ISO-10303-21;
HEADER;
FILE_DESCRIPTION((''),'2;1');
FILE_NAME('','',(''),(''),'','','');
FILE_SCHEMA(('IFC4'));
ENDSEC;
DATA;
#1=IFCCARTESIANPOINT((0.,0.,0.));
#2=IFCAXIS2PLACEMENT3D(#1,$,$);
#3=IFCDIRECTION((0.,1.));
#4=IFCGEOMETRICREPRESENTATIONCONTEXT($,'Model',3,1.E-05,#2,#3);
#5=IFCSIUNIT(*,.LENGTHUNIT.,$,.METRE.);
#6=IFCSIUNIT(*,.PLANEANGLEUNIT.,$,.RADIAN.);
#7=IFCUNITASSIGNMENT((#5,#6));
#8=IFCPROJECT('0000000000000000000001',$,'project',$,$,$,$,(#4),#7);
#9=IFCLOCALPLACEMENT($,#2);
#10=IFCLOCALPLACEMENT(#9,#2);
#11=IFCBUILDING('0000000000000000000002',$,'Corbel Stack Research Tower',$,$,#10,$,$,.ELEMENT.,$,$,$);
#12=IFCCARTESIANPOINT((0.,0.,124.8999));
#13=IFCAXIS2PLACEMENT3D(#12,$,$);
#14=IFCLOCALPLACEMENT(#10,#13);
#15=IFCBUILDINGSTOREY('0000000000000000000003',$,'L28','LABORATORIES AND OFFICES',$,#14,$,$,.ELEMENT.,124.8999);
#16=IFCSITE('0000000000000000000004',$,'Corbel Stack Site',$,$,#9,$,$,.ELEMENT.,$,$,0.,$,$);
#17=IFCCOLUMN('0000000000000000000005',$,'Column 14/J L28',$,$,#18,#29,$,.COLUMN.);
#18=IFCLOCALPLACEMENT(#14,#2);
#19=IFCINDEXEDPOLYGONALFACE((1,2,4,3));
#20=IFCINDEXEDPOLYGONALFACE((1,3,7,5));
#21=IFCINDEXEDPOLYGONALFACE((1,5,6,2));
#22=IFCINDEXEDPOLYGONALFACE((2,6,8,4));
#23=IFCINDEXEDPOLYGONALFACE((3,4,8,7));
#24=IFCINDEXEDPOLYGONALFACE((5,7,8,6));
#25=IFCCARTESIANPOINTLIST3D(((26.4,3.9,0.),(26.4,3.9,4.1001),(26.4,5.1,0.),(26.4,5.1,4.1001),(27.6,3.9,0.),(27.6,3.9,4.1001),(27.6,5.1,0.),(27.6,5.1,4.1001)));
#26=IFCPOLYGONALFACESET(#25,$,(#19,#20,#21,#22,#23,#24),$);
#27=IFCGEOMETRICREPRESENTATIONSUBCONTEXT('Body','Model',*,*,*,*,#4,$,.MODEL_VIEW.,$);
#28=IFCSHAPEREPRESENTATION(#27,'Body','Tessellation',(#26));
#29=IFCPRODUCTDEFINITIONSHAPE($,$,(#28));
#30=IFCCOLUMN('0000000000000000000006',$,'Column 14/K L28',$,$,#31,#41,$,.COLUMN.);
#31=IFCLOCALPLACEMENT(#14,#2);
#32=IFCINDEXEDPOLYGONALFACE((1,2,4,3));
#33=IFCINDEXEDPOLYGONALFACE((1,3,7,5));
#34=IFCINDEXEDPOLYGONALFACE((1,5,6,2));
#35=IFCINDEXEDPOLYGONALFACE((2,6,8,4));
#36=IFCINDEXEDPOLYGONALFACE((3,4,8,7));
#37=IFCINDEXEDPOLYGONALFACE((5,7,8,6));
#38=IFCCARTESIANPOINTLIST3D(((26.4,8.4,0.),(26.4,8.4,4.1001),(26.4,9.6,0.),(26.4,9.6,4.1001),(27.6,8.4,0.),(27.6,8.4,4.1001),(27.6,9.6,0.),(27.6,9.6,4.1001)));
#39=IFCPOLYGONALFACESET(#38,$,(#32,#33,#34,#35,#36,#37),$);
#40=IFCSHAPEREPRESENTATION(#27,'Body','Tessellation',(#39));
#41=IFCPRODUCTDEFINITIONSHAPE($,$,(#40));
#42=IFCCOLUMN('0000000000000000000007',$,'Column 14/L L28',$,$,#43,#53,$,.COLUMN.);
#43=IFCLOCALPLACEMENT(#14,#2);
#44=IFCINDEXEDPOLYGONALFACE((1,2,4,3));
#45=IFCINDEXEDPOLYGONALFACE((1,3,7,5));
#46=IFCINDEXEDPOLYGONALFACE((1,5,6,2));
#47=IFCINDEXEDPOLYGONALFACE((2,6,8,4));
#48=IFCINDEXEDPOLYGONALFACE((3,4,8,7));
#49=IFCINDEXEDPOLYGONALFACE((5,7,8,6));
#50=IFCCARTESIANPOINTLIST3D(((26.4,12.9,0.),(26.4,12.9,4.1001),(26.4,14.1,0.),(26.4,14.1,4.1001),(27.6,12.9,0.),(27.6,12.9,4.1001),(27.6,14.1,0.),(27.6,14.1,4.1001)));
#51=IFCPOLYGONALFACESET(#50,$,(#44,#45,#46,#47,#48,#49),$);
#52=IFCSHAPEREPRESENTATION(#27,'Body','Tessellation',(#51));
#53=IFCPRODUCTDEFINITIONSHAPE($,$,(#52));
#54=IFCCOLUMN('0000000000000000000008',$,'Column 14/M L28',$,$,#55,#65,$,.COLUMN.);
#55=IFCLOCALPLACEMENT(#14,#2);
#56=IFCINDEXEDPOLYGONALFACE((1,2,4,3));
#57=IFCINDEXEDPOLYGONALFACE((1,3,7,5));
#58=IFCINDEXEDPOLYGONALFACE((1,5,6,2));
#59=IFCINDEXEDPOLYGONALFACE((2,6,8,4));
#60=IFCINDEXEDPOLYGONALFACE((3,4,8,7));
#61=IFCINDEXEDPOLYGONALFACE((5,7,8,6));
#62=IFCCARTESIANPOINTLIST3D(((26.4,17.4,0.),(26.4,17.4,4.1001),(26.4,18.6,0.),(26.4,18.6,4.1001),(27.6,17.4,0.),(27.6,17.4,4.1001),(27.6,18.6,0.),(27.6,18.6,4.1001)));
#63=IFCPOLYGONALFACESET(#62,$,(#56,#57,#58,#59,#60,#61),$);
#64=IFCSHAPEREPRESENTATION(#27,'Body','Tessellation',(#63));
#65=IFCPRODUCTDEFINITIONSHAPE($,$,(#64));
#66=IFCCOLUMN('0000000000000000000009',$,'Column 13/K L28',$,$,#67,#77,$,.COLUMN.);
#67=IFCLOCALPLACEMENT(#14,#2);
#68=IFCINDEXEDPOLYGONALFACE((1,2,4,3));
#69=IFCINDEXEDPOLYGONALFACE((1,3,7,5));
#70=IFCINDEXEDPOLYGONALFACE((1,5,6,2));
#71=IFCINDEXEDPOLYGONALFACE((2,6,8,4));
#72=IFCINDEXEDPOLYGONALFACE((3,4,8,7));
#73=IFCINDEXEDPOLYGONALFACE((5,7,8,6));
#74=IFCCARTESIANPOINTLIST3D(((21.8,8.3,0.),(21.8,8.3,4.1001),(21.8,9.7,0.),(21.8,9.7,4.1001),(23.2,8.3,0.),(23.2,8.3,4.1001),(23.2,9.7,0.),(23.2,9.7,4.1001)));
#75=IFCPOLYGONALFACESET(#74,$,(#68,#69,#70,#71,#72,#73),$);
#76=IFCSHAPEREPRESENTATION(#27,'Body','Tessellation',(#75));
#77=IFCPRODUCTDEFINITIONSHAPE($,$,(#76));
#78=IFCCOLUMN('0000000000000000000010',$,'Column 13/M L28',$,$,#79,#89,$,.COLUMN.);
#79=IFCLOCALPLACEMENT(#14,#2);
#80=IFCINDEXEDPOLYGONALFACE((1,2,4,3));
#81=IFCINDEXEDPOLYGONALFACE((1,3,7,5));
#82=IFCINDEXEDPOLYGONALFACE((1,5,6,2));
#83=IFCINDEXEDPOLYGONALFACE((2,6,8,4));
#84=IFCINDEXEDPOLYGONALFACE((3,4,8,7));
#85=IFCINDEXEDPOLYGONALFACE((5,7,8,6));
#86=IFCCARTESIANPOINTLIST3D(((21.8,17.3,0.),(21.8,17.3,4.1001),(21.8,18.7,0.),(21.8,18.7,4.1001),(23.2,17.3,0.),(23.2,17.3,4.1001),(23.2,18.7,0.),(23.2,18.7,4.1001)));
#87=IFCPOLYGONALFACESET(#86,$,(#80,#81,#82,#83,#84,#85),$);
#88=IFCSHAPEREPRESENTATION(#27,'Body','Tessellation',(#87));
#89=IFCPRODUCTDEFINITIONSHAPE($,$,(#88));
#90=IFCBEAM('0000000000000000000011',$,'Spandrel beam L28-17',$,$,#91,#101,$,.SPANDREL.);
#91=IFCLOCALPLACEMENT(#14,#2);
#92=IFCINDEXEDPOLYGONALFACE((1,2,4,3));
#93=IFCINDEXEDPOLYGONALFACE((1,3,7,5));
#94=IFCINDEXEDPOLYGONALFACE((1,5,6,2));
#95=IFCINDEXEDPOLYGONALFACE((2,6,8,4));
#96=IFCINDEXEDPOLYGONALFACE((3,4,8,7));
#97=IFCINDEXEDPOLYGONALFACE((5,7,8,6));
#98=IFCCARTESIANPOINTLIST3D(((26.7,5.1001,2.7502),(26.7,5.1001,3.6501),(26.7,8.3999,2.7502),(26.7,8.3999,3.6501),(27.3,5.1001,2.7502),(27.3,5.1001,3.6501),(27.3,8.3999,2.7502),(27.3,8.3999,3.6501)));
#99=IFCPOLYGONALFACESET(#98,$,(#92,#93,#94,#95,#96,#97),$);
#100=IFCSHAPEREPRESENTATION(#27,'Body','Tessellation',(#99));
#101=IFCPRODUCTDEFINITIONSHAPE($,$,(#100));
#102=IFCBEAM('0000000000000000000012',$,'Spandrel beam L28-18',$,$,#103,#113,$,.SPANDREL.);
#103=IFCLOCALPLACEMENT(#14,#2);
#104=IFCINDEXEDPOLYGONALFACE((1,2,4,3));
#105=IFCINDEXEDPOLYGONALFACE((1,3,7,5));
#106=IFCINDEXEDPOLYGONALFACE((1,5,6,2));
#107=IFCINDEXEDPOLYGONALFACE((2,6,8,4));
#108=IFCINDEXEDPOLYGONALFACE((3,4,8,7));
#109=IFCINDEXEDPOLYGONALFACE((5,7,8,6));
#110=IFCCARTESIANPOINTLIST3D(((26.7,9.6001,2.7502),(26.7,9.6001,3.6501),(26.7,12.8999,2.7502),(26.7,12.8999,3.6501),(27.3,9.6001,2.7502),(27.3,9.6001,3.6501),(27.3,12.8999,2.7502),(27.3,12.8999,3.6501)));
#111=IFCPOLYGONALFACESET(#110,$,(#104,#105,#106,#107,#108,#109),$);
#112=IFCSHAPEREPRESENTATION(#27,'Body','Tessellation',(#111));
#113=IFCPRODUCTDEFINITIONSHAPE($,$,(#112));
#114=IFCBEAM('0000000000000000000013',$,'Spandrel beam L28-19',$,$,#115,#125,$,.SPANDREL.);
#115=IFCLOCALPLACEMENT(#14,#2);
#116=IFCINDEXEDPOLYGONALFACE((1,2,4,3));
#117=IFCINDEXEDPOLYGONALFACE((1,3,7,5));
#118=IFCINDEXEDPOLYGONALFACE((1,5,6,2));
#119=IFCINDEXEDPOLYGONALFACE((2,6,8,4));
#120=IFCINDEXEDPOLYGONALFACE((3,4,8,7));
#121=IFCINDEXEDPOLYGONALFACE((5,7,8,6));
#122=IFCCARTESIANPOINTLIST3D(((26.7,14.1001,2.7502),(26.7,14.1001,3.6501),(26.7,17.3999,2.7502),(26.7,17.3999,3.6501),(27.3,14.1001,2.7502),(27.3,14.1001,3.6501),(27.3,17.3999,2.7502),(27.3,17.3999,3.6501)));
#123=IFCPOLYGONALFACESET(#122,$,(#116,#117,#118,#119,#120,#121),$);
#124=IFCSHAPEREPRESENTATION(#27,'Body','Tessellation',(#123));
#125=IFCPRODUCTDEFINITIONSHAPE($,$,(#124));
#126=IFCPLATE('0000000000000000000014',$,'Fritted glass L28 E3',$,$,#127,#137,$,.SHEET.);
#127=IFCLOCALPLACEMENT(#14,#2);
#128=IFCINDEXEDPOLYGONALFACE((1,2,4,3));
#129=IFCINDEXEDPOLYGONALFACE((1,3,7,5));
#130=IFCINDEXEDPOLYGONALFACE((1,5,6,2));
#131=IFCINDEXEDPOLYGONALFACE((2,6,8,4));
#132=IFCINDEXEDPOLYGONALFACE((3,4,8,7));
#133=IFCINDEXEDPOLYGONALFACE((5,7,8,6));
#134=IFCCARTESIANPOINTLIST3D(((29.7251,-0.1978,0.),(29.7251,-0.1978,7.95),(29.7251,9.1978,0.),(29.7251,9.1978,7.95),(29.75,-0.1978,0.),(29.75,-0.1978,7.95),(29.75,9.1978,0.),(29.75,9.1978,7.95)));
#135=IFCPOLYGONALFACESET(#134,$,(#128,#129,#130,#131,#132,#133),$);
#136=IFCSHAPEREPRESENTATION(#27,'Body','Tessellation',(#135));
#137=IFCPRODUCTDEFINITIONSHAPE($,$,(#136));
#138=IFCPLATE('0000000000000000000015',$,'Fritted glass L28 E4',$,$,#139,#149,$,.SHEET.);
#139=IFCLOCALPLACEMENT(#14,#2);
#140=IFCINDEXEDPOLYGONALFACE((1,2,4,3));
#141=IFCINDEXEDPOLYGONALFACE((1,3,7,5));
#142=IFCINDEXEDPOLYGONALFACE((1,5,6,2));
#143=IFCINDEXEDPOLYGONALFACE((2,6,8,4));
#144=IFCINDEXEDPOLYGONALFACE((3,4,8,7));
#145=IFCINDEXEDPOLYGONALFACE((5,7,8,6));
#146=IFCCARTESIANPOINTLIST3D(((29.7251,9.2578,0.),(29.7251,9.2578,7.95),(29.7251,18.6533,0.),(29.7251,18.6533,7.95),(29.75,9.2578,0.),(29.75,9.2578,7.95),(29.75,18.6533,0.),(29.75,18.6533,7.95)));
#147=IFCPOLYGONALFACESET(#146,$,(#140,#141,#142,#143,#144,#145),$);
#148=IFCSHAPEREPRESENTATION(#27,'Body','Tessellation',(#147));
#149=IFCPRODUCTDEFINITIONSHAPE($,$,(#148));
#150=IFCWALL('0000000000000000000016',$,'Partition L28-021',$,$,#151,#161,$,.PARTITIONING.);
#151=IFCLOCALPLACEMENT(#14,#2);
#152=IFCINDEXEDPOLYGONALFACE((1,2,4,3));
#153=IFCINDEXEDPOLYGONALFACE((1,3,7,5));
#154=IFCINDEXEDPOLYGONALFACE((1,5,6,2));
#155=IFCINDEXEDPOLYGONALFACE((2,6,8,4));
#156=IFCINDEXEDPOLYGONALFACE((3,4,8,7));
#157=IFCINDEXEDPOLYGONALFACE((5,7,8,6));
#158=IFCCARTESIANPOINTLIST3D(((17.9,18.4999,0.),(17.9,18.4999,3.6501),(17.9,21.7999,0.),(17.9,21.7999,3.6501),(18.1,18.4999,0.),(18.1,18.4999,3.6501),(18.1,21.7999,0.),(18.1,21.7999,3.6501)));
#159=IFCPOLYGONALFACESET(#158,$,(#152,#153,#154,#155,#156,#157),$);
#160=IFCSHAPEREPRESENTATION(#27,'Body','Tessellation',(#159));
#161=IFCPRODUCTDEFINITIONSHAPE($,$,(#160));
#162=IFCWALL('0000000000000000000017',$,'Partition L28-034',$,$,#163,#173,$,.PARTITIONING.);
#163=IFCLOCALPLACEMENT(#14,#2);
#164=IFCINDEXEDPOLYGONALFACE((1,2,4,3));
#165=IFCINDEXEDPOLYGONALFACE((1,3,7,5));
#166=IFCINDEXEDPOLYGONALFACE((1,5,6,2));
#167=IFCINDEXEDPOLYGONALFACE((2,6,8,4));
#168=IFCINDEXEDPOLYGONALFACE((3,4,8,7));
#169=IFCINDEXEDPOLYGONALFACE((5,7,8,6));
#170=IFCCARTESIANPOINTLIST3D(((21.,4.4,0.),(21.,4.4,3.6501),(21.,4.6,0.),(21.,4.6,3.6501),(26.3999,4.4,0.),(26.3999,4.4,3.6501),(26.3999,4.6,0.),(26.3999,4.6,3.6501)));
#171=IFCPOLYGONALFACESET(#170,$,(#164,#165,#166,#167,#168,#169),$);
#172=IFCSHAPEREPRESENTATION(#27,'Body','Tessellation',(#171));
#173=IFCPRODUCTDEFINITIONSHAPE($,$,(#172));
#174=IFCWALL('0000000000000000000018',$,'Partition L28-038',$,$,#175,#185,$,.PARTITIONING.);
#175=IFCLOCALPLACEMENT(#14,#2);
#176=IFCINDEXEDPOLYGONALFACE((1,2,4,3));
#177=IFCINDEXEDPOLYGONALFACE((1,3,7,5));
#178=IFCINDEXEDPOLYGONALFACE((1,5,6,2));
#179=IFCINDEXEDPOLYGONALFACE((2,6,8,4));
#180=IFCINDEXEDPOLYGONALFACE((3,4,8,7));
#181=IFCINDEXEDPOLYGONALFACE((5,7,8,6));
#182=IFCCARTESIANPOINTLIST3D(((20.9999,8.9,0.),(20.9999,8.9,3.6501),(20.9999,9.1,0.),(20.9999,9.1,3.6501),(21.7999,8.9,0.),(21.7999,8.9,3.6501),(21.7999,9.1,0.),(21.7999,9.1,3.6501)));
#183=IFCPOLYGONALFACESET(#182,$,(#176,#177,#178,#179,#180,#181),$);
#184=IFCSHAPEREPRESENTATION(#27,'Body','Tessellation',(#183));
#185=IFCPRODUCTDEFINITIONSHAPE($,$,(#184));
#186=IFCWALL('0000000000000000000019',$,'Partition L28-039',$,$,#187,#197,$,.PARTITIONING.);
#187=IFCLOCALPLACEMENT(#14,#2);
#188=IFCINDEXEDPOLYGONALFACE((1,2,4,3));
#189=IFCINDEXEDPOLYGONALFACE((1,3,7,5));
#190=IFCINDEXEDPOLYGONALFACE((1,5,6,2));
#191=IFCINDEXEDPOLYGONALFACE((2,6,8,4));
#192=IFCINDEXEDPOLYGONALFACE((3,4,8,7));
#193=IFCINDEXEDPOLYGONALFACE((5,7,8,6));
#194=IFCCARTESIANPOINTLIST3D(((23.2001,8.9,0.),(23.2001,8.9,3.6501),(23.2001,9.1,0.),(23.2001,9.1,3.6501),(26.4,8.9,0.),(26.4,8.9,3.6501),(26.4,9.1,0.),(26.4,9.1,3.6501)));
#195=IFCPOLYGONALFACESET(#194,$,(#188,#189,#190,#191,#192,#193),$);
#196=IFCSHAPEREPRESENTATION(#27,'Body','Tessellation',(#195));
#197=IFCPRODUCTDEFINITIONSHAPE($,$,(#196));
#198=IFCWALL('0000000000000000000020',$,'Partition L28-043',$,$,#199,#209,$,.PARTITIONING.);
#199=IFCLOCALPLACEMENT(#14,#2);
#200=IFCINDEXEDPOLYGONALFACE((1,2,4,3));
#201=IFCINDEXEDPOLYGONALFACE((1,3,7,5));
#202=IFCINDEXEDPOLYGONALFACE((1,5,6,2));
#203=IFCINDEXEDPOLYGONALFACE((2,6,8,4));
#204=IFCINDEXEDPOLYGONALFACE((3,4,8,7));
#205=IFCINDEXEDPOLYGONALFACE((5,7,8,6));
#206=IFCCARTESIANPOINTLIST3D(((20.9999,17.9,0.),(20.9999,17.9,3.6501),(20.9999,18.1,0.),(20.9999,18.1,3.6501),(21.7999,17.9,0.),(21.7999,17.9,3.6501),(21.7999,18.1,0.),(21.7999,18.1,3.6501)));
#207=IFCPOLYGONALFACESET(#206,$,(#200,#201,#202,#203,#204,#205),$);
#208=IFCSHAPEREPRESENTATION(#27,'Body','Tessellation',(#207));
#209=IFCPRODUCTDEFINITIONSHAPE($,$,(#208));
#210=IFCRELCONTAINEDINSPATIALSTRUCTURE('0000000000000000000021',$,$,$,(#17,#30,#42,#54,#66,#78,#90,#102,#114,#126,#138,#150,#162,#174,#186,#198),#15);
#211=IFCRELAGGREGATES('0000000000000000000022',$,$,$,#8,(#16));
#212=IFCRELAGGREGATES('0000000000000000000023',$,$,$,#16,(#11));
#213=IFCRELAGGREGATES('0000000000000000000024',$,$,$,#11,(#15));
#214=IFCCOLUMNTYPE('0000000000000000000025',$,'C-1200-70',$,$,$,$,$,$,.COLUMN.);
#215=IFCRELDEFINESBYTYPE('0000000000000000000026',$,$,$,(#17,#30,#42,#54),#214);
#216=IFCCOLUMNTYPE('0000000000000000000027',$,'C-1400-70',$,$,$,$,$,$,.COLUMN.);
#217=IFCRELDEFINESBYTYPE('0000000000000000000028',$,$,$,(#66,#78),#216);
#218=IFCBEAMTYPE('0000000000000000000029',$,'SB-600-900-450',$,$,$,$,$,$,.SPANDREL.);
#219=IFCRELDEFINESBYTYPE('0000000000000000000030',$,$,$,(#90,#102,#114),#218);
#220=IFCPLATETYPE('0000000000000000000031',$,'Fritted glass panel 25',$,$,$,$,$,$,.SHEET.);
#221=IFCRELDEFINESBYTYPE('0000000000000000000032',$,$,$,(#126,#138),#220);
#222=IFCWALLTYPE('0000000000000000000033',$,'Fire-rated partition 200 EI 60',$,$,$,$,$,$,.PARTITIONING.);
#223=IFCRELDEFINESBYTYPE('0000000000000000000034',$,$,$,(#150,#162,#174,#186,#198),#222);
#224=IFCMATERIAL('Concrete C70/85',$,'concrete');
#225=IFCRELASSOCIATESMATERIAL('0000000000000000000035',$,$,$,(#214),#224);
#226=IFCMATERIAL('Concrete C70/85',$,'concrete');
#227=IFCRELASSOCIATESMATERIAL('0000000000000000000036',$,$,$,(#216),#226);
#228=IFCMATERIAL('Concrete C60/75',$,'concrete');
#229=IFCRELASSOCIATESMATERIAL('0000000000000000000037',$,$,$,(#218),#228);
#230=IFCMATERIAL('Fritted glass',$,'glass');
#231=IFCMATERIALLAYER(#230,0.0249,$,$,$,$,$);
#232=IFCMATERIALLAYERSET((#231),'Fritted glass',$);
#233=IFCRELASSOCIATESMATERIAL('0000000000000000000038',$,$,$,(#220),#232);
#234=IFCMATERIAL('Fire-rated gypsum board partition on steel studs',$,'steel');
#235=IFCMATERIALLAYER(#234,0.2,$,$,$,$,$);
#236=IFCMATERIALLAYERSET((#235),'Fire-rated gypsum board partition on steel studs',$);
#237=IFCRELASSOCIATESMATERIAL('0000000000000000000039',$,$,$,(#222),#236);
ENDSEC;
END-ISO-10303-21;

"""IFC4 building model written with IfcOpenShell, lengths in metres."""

from ifc_helpers import new_model, si_unit, direction, frame, frame_2d, origin, origin_2d, place, context, subcontext, project, spatial, rectangle, extrude, material, layer, layer_set, material_profile, profile_set, type_object, element, save


model = new_model("IFC4")

# Units and contexts
model_context = context("Model", 3, precision=1e-05, world=origin(), true_north=direction((0.0, 1.0)))
body_context = subcontext(model_context, "Body", "Model", "MODEL_VIEW")
ifc_project = project(units=[si_unit("LENGTHUNIT", "METRE"), si_unit("PLANEANGLEUNIT", "RADIAN")], contexts=[model_context])

# Site, building, storey
site_placement = place(None, origin())
site = spatial("IfcSite", under=ifc_project, at=site_placement, Name="Corbel Stack Site", CompositionType="ELEMENT", RefElevation=0.0)
building_placement = place(site_placement, origin())
building = spatial("IfcBuilding", under=site, at=building_placement, Name="Corbel Stack Research Tower", CompositionType="ELEMENT")
storey_placement = place(building_placement, frame((0.0, 0.0, 124.8999)))
storey = spatial("IfcBuildingStorey", under=building, at=storey_placement, Name="L28", Description="LABORATORIES AND OFFICES", CompositionType="ELEMENT", Elevation=124.8999)

# Columns
ifc_material_1 = material(Name="Concrete C70/85", Category="concrete")
ifc_material_profile_1 = material_profile(ifc_material_1, rectangle(XDim=1.2, YDim=1.2, at=origin_2d()), Name="RC 1200 x 1200")
ifc_profile_set_1 = profile_set([ifc_material_profile_1], Name="Concrete C70/85")
column_type_1 = type_object("IfcColumnType", Name="C-1200-70", PredefinedType="COLUMN", material=ifc_profile_set_1)
for number, where, z_axis, x_axis, name in (
    (1, (27.0, 4.5, 0.0), (0.0, 0.0, 1.0), (1.0, 0.0, 0.0), "Column 14/J L28"),
    (2, (27.0, 9.0, 0.0), (0.0, 0.0, 1.0), (1.0, 0.0, 0.0), "Column 14/K L28"),
    (3, (27.0, 13.5, 0.0), (0.0, 0.0, 1.0), (1.0, 0.0, 0.0), "Column 14/L L28"),
    (4, (27.0, 18.0, 0.0), (0.0, 0.0, 1.0), (1.0, 0.0, 0.0), "Column 14/M L28"),
):
    element("IfcColumn", number, at=place(storey_placement, frame(where, z_axis=z_axis, x_axis=x_axis)), inside=storey, type_object=column_type_1, Name=name, PredefinedType="COLUMN", context=body_context, shape_type="SweptSolid", body=[
        extrude(rectangle(XDim=1.2, YDim=1.2, at=origin_2d()), origin(), (0.0, 0.0, 1.0), 4.1001),
    ])
ifc_material_2 = material(Name="Concrete C70/85", Category="concrete")
ifc_material_profile_2 = material_profile(ifc_material_2, rectangle(XDim=1.3999, YDim=1.3999, at=origin_2d()), Name="RC 1400 x 1400")
ifc_profile_set_2 = profile_set([ifc_material_profile_2], Name="Concrete C70/85")
column_type_2 = type_object("IfcColumnType", Name="C-1400-70", PredefinedType="COLUMN", material=ifc_profile_set_2)
for number, where, z_axis, x_axis, name in (
    (5, (22.5, 9.0, 0.0), (0.0, 0.0, 1.0), (1.0, 0.0, 0.0), "Column 13/K L28"),
    (6, (22.5, 18.0, 0.0), (0.0, 0.0, 1.0), (1.0, 0.0, 0.0), "Column 13/M L28"),
):
    element("IfcColumn", number, at=place(storey_placement, frame(where, z_axis=z_axis, x_axis=x_axis)), inside=storey, type_object=column_type_2, Name=name, PredefinedType="COLUMN", context=body_context, shape_type="SweptSolid", body=[
        extrude(rectangle(XDim=1.3999, YDim=1.3999, at=origin_2d()), origin(), (0.0, 0.0, 1.0), 4.1001),
    ])

# Beams
ifc_material_3 = material(Name="Concrete C60/75", Category="concrete")
ifc_material_profile_3 = material_profile(ifc_material_3, rectangle(XDim=0.6001, YDim=0.8999, at=origin_2d()), Name="RC 600 x 900")
ifc_profile_set_3 = profile_set([ifc_material_profile_3], Name="Concrete C60/75")
beam_type = type_object("IfcBeamType", Name="SB-600-900-450", PredefinedType="SPANDREL", material=ifc_profile_set_3)
for number, where, z_axis, x_axis, name in (
    (7, (27.0, 5.1001, 3.2002), (0.0, 1.0, 0.0), (-1.0, 0.0, 0.0), "Spandrel beam L28-17"),
    (8, (27.0, 9.6001, 3.2002), (0.0, 1.0, 0.0), (-1.0, 0.0, 0.0), "Spandrel beam L28-18"),
    (9, (27.0, 14.1001, 3.2002), (0.0, 1.0, 0.0), (-1.0, 0.0, 0.0), "Spandrel beam L28-19"),
):
    element("IfcBeam", number, at=place(storey_placement, frame(where, z_axis=z_axis, x_axis=x_axis)), inside=storey, type_object=beam_type, Name=name, PredefinedType="SPANDREL", context=body_context, shape_type="SweptSolid", body=[
        extrude(rectangle(XDim=0.6001, YDim=0.8999, at=origin_2d()), origin(), (0.0, 0.0, 1.0), 3.2998),
    ])

# Plates
ifc_material_4 = material(Name="Fritted glass", Category="glass")
ifc_layer_1 = layer(ifc_material_4, 0.0249)
ifc_layer_set_1 = layer_set([ifc_layer_1], Name="Fritted glass")
plate_type = type_object("IfcPlateType", Name="Fritted glass panel 25", PredefinedType="SHEET", material=ifc_layer_set_1)
for number, where, z_axis, x_axis, name in (
    (10, (29.7375, 4.5, 0.0), (0.0, 0.0, 1.0), (0.0, 1.0, 0.0), "Fritted glass L28 E3"),
    (11, (29.7375, 13.9556, 0.0), (0.0, 0.0, 1.0), (0.0, 1.0, 0.0), "Fritted glass L28 E4"),
):
    element("IfcPlate", number, at=place(storey_placement, frame(where, z_axis=z_axis, x_axis=x_axis)), inside=storey, type_object=plate_type, Name=name, PredefinedType="SHEET", context=body_context, shape_type="SweptSolid", body=[
        extrude(rectangle(XDim=9.3955, YDim=0.0249, at=origin_2d()), origin(), (0.0, 0.0, 1.0), 7.95),
    ])

# Walls
ifc_material_5 = material(Name="Fire-rated gypsum board partition on steel studs", Category="steel")
ifc_layer_2 = layer(ifc_material_5, 0.2)
ifc_layer_set_2 = layer_set([ifc_layer_2], Name="Fire-rated gypsum board partition on steel studs")
wall_type_1 = type_object("IfcWallType", Name="Fire-rated partition 200 EI 60", PredefinedType="PARTITIONING", material=ifc_layer_set_2)
wall_1_placement = place(storey_placement, frame((18.0, 18.5, 0.0), z_axis=(0.0, 0.0, 1.0), x_axis=(0.0, 1.0, 0.0)))
element("IfcWall", 12, at=wall_1_placement, inside=storey, type_object=wall_type_1, Name="Partition L28-021", PredefinedType="PARTITIONING", context=body_context, shape_type="SweptSolid", body=[
    extrude(rectangle(XDim=3.3, YDim=0.2, at=frame_2d((1.6499, 0.0))), origin(), (0.0, 0.0, 1.0), 3.6501),
])
wall_2_placement = place(storey_placement, frame((21.0, 4.5, 0.0), z_axis=(0.0, 0.0, 1.0), x_axis=(1.0, 0.0, 0.0)))
element("IfcWall", 13, at=wall_2_placement, inside=storey, type_object=wall_type_1, Name="Partition L28-034", PredefinedType="PARTITIONING", context=body_context, shape_type="SweptSolid", body=[
    extrude(rectangle(XDim=5.3999, YDim=0.2, at=frame_2d((2.7, 0.0))), origin(), (0.0, 0.0, 1.0), 3.6501),
])
wall_3_placement = place(storey_placement, frame((21.0, 9.0, 0.0), z_axis=(0.0, 0.0, 1.0), x_axis=(1.0, 0.0, 0.0)))
element("IfcWall", 14, at=wall_3_placement, inside=storey, type_object=wall_type_1, Name="Partition L28-038", PredefinedType="PARTITIONING", context=body_context, shape_type="SweptSolid", body=[
    extrude(rectangle(XDim=0.8, YDim=0.2, at=frame_2d((0.3999, 0.0))), origin(), (0.0, 0.0, 1.0), 3.6501),
])
wall_4_placement = place(storey_placement, frame((23.2, 9.0, 0.0), z_axis=(0.0, 0.0, 1.0), x_axis=(1.0, 0.0, 0.0)))
element("IfcWall", 15, at=wall_4_placement, inside=storey, type_object=wall_type_1, Name="Partition L28-039", PredefinedType="PARTITIONING", context=body_context, shape_type="SweptSolid", body=[
    extrude(rectangle(XDim=3.2, YDim=0.2, at=frame_2d((1.6001, 0.0))), origin(), (0.0, 0.0, 1.0), 3.6501),
])
wall_5_placement = place(storey_placement, frame((21.0, 18.0, 0.0), z_axis=(0.0, 0.0, 1.0), x_axis=(1.0, 0.0, 0.0)))
element("IfcWall", 16, at=wall_5_placement, inside=storey, type_object=wall_type_1, Name="Partition L28-043", PredefinedType="PARTITIONING", context=body_context, shape_type="SweptSolid", body=[
    extrude(rectangle(XDim=0.8, YDim=0.2, at=frame_2d((0.3999, 0.0))), origin(), (0.0, 0.0, 1.0), 3.6501),
])

save(model, "model.ifc")
